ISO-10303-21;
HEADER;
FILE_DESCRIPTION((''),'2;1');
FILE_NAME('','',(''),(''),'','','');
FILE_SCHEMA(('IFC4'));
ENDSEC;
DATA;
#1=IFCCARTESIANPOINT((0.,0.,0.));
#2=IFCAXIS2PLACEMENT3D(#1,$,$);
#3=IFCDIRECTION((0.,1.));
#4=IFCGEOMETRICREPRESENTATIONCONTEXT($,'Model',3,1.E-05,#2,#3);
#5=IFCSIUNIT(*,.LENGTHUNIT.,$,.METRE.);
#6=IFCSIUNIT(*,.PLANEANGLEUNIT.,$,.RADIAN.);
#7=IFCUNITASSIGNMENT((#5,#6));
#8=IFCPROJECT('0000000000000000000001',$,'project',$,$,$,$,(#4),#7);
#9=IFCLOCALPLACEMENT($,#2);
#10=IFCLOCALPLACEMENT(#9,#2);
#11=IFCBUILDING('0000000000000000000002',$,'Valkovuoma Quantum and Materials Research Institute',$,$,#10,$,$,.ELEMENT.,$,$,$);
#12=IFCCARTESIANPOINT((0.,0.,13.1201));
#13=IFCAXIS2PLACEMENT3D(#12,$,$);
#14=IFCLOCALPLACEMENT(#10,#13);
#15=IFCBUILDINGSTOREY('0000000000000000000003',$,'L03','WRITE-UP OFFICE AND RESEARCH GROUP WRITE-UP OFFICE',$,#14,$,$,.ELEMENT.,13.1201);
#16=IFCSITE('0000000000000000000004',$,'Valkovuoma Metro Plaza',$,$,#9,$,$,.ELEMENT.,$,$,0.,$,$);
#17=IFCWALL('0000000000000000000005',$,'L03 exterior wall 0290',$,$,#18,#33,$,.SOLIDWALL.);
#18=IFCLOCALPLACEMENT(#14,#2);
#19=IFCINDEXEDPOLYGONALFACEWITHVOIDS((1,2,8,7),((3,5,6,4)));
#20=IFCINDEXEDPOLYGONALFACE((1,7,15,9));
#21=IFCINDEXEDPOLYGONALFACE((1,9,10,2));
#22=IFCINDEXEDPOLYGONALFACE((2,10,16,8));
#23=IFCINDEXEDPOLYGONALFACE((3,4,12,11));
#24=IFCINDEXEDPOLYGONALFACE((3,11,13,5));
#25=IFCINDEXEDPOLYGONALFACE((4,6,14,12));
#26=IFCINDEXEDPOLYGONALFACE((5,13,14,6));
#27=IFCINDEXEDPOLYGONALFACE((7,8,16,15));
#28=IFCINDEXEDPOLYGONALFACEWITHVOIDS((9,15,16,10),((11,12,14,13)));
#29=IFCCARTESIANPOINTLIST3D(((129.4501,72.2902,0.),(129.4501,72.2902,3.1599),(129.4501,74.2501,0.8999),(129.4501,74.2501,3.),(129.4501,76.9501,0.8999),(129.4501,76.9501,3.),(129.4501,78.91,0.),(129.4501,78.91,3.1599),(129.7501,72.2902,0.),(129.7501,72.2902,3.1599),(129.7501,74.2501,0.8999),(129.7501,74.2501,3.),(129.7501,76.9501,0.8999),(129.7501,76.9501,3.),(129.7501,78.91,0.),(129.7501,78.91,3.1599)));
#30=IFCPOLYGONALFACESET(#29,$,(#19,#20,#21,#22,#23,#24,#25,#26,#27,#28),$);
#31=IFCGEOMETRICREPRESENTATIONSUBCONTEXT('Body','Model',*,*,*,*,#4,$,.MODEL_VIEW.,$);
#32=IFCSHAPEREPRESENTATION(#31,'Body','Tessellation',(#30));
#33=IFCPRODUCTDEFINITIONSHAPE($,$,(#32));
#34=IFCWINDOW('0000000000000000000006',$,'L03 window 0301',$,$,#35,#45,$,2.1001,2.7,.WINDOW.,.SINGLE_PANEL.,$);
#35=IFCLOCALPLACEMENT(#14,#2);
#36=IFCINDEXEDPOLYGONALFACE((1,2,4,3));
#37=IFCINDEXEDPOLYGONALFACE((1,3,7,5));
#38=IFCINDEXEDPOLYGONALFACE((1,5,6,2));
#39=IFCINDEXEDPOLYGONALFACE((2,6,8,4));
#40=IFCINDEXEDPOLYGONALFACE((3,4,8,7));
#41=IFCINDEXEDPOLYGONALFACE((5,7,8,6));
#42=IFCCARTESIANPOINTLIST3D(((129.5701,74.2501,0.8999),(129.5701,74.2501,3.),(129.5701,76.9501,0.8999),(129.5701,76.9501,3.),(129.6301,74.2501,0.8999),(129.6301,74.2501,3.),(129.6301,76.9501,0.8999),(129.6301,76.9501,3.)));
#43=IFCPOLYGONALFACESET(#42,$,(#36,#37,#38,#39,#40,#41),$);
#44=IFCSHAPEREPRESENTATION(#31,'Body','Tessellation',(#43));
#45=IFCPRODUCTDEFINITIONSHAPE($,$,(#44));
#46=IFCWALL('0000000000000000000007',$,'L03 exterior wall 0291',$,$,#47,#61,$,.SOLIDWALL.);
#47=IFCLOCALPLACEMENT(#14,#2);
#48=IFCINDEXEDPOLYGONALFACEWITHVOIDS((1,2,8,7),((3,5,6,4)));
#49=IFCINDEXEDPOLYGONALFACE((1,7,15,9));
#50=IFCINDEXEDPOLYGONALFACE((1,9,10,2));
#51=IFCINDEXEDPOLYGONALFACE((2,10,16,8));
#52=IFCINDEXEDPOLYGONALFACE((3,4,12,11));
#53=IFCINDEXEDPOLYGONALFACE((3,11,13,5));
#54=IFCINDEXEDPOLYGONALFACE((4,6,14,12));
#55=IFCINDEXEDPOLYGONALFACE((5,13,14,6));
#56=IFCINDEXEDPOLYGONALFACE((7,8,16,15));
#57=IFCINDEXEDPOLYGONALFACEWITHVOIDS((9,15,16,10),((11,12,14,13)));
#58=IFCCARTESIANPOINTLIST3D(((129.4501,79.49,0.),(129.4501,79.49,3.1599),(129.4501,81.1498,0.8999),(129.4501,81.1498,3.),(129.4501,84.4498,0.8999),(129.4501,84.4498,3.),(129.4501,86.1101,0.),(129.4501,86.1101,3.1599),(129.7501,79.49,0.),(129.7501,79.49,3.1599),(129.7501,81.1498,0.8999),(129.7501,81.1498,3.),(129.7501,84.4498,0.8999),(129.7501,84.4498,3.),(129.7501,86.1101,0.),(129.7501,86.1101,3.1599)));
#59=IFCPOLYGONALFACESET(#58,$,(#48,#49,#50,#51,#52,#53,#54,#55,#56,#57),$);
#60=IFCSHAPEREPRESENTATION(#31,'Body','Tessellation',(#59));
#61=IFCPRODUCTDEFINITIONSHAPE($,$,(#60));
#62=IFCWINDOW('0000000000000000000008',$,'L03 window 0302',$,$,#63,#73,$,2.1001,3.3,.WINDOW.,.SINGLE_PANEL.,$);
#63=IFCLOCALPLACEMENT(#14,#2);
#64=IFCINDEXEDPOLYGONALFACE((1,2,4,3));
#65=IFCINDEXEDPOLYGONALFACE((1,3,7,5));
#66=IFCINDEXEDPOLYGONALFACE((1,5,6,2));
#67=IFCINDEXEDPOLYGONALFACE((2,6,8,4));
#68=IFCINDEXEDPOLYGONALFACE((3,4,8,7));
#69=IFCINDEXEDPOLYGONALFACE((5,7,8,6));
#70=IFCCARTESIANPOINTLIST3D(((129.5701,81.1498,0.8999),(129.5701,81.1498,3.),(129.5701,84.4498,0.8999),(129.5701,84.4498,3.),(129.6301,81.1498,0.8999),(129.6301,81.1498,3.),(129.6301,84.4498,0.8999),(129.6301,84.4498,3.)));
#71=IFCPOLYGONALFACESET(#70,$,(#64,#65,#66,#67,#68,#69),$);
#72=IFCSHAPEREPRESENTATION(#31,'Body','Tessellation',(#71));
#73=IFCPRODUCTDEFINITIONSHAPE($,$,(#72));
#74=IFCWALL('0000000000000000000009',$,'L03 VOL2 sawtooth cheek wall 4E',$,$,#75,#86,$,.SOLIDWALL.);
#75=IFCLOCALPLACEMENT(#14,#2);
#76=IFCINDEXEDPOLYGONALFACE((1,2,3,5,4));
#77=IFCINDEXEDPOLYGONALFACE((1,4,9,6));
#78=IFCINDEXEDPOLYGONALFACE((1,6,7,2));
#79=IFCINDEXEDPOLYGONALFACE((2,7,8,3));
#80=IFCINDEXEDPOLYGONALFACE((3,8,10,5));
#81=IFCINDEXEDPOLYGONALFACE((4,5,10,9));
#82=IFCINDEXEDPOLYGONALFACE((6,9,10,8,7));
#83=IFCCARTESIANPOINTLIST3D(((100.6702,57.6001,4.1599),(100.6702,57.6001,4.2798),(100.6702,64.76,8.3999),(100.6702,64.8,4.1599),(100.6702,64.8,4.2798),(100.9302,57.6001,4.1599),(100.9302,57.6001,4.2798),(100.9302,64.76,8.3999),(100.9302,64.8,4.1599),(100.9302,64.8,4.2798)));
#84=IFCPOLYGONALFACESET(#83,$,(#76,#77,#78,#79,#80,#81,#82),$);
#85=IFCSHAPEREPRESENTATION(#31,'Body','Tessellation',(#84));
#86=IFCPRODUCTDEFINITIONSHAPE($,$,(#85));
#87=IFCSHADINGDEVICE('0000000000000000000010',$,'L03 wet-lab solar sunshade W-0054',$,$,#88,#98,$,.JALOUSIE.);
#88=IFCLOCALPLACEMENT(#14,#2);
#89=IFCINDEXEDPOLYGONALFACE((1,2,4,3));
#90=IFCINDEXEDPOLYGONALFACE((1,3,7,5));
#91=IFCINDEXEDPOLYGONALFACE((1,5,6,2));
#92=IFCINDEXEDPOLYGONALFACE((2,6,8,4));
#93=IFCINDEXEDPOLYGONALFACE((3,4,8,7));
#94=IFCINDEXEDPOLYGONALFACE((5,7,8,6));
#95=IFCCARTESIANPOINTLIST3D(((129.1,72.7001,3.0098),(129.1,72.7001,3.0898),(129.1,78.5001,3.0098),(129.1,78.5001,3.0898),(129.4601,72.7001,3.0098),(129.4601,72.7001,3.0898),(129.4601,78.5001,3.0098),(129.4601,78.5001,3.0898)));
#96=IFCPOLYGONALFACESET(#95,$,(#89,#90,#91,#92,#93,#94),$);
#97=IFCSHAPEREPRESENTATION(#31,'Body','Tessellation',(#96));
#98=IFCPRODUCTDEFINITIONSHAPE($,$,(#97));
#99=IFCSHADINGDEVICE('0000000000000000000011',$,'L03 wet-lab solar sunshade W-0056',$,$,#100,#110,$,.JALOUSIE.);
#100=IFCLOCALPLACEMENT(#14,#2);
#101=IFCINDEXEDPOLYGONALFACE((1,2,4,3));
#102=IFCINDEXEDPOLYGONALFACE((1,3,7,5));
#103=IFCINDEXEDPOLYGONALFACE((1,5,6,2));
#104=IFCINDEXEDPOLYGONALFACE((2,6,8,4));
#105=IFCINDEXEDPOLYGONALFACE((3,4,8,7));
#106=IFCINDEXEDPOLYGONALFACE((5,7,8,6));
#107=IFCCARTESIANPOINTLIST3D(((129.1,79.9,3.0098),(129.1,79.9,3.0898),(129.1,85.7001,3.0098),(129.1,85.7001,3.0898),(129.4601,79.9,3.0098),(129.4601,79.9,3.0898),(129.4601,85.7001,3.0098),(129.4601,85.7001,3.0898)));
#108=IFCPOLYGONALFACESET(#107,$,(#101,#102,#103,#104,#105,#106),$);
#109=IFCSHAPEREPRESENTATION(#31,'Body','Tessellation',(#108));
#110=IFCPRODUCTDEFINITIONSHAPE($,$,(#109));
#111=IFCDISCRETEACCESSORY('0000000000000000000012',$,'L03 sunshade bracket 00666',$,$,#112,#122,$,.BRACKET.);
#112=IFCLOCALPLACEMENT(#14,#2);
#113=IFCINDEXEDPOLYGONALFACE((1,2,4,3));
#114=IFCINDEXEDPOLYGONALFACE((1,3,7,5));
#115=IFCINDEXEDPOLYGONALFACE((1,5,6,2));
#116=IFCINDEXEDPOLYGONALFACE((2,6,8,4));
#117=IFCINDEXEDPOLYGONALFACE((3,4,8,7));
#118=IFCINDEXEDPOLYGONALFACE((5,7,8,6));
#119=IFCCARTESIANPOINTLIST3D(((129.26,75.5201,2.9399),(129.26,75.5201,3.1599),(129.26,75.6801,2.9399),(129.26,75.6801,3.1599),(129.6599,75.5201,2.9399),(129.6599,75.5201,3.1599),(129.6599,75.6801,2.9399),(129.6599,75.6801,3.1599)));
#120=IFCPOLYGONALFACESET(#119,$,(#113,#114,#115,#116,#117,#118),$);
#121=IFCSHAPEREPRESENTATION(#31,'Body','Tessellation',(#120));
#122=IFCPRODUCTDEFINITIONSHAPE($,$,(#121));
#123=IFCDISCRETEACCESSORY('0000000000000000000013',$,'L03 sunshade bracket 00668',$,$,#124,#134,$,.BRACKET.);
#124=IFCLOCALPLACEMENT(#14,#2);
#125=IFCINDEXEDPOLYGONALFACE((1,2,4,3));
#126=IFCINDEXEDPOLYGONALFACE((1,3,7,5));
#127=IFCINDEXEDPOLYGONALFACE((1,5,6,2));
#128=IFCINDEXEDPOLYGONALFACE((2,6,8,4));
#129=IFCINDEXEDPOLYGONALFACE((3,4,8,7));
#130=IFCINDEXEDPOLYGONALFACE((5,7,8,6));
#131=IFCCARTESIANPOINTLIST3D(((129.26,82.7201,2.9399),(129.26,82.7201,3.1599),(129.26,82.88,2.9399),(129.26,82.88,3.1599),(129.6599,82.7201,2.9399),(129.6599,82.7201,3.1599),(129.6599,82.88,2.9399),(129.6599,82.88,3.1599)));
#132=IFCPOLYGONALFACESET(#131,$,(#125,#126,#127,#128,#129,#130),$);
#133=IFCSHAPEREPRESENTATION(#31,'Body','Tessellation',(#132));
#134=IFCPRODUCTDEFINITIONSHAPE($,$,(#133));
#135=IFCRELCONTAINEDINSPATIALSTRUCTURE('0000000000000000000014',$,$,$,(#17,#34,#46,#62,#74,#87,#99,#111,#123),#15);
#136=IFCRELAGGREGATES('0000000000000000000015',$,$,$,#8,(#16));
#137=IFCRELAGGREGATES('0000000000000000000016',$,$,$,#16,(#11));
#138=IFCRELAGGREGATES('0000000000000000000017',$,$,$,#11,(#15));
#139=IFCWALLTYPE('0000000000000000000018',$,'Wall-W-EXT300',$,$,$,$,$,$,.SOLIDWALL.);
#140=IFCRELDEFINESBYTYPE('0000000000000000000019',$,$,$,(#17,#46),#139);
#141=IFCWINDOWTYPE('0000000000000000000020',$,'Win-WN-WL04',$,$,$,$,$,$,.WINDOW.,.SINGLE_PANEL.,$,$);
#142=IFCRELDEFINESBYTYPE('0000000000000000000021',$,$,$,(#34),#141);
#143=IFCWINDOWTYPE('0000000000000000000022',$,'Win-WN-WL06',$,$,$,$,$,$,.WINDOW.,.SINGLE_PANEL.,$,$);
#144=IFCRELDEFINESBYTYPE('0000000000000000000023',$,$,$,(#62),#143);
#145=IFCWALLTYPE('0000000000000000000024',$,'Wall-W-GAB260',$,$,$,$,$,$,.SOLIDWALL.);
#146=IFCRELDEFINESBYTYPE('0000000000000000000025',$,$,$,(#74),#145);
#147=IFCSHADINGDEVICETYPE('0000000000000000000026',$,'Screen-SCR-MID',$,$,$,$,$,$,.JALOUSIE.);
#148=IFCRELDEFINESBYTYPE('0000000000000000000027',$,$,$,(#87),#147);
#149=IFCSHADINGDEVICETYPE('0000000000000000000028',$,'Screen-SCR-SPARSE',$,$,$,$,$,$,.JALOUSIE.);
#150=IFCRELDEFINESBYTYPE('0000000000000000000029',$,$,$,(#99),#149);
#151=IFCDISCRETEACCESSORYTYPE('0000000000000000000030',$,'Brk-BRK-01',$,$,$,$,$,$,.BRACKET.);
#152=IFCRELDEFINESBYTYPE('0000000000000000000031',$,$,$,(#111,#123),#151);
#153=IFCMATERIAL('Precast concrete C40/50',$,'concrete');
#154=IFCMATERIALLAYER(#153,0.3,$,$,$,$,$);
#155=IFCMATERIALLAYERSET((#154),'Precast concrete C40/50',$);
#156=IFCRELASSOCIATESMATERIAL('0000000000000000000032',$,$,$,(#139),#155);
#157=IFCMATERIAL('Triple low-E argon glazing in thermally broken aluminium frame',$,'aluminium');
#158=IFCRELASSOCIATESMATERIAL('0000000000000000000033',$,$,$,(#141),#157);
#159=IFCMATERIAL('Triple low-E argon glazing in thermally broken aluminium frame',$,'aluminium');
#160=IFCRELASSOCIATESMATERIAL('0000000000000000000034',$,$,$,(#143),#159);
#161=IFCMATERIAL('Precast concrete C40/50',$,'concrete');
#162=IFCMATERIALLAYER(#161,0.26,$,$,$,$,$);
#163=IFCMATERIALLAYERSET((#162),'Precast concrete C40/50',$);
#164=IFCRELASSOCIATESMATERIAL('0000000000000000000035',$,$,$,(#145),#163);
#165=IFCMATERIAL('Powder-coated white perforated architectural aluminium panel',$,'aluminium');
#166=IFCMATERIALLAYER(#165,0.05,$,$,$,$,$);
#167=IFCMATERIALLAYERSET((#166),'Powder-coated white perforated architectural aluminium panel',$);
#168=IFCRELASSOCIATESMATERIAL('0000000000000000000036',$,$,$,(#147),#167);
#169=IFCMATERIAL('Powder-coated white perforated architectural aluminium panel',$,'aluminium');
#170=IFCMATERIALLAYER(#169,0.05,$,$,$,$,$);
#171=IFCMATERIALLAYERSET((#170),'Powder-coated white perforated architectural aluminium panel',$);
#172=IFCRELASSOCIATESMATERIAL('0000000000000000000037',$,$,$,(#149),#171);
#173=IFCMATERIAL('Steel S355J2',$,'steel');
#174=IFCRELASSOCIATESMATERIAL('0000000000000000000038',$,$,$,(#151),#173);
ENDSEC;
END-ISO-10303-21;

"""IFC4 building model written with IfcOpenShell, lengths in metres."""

from ifc_helpers import new_model, si_unit, direction, frame, frame_2d, origin, origin_2d, place, context, subcontext, project, spatial, polyline, rectangle, outline, extrude, material, layer, layer_set, type_object, element, fill, save


model = new_model("IFC4")

# Units and contexts
model_context = context("Model", 3, precision=1e-05, world=origin(), true_north=direction((0.0, 1.0)))
body_context = subcontext(model_context, "Body", "Model", "MODEL_VIEW")
ifc_project = project(units=[si_unit("LENGTHUNIT", "METRE"), si_unit("PLANEANGLEUNIT", "RADIAN")], contexts=[model_context])

# Site, building, storey
site_placement = place(None, origin())
site = spatial("IfcSite", under=ifc_project, at=site_placement, Name="Valkovuoma Metro Plaza", CompositionType="ELEMENT", RefElevation=0.0)
building_placement = place(site_placement, origin())
building = spatial("IfcBuilding", under=site, at=building_placement, Name="Valkovuoma Quantum and Materials Research Institute", CompositionType="ELEMENT")
storey_placement = place(building_placement, frame((0.0, 0.0, 13.1201)))
storey = spatial("IfcBuildingStorey", under=building, at=storey_placement, Name="L03", Description="WRITE-UP OFFICE AND RESEARCH GROUP WRITE-UP OFFICE", CompositionType="ELEMENT", Elevation=13.1201)

# Walls, openings, windows
ifc_material_1 = material(Name="Precast concrete C40/50", Category="concrete")
ifc_layer_1 = layer(ifc_material_1, 0.3)
ifc_layer_set_1 = layer_set([ifc_layer_1], Name="Precast concrete C40/50")
wall_type_1 = type_object("IfcWallType", Name="Wall-W-EXT300", PredefinedType="SOLIDWALL", material=ifc_layer_set_1)
wall_1_placement = place(storey_placement, frame((129.6001, 72.29, 0.0), z_axis=(0.0, 0.0, 1.0), x_axis=(0.0, 1.0, 0.0)))
wall_1 = element("IfcWall", 1, at=wall_1_placement, inside=storey, type_object=wall_type_1, Name="L03 exterior wall 0290", PredefinedType="SOLIDWALL", context=body_context, shape_type="SweptSolid", body=[
    extrude(rectangle(XDim=6.6199, YDim=0.3, at=frame_2d((3.3101, 0.0))), origin(), (0.0, 0.0, 1.0), 3.1599),
])
opening_1_placement = place(wall_1_placement, frame((1.96, 0.0, 0.8999)))
opening_1 = element("IfcOpeningElement", 2, at=opening_1_placement, cuts=wall_1, PredefinedType="OPENING", context=body_context, shape_type="SweptSolid", body=[
    extrude(rectangle(XDim=2.7, YDim=2.1001, at=frame_2d((1.3501, 1.05))), frame((0.0, 0.1602, 0.0), z_axis=(0.0, -1.0, 0.0), x_axis=(1.0, 0.0, 0.0)), (0.0, 0.0, 1.0), 0.3201),
])
ifc_material_2 = material(Name="Triple low-E argon glazing in thermally broken aluminium frame", Category="aluminium")
window_type_1 = type_object("IfcWindowType", Name="Win-WN-WL04", PartitioningType="SINGLE_PANEL", PredefinedType="WINDOW", material=ifc_material_2)
window_1_placement = place(opening_1_placement, origin())
window_1 = element("IfcWindow", 3, at=window_1_placement, inside=storey, type_object=window_type_1, Name="L03 window 0301", OverallHeight=2.1001, OverallWidth=2.7, PartitioningType="SINGLE_PANEL", PredefinedType="WINDOW", context=body_context, shape_type="SweptSolid", body=[
    extrude(rectangle(XDim=2.7, YDim=2.1001, at=frame_2d((1.3501, 1.05))), frame((0.0, 0.03, 0.0), z_axis=(0.0, -1.0, 0.0), x_axis=(1.0, 0.0, 0.0)), (0.0, 0.0, 1.0), 0.0601),
])
fill(opening_1, window_1)
wall_2_placement = place(storey_placement, frame((129.6001, 79.49, 0.0), z_axis=(0.0, 0.0, 1.0), x_axis=(0.0, 1.0, 0.0)))
wall_2 = element("IfcWall", 4, at=wall_2_placement, inside=storey, type_object=wall_type_1, Name="L03 exterior wall 0291", PredefinedType="SOLIDWALL", context=body_context, shape_type="SweptSolid", body=[
    extrude(rectangle(XDim=6.6201, YDim=0.3, at=frame_2d((3.3101, 0.0))), origin(), (0.0, 0.0, 1.0), 3.1599),
])
opening_2_placement = place(wall_2_placement, frame((1.6599, 0.0, 0.8999)))
opening_2 = element("IfcOpeningElement", 5, at=opening_2_placement, cuts=wall_2, PredefinedType="OPENING", context=body_context, shape_type="SweptSolid", body=[
    extrude(rectangle(XDim=3.3, YDim=2.1001, at=frame_2d((1.6499, 1.05))), frame((0.0, 0.1602, 0.0), z_axis=(0.0, -1.0, 0.0), x_axis=(1.0, 0.0, 0.0)), (0.0, 0.0, 1.0), 0.3201),
])
ifc_material_3 = material(Name="Triple low-E argon glazing in thermally broken aluminium frame", Category="aluminium")
window_type_2 = type_object("IfcWindowType", Name="Win-WN-WL06", PartitioningType="SINGLE_PANEL", PredefinedType="WINDOW", material=ifc_material_3)
window_2_placement = place(opening_2_placement, origin())
window_2 = element("IfcWindow", 6, at=window_2_placement, inside=storey, type_object=window_type_2, Name="L03 window 0302", OverallHeight=2.1001, OverallWidth=3.3, PartitioningType="SINGLE_PANEL", PredefinedType="WINDOW", context=body_context, shape_type="SweptSolid", body=[
    extrude(rectangle(XDim=3.3, YDim=2.1001, at=frame_2d((1.6499, 1.05))), frame((0.0, 0.03, 0.0), z_axis=(0.0, -1.0, 0.0), x_axis=(1.0, 0.0, 0.0)), (0.0, 0.0, 1.0), 0.0601),
])
fill(opening_2, window_2)

# Wall
ifc_material_4 = material(Name="Precast concrete C40/50", Category="concrete")
ifc_layer_2 = layer(ifc_material_4, 0.26)
ifc_layer_set_2 = layer_set([ifc_layer_2], Name="Precast concrete C40/50")
wall_type_2 = type_object("IfcWallType", Name="Wall-W-GAB260", PredefinedType="SOLIDWALL", material=ifc_layer_set_2)
wall_3_placement = place(storey_placement, frame((100.8, 57.6001, 4.1599), z_axis=(0.0, 0.0, 1.0), x_axis=(0.0, 1.0, 0.0)))
element("IfcWall", 7, at=wall_3_placement, inside=storey, type_object=wall_type_2, Name="L03 VOL2 sawtooth cheek wall 4E", PredefinedType="SOLIDWALL", context=body_context, shape_type="SweptSolid", body=[
    extrude(outline(polyline([(0.0, 0.0), (7.2, 0.0), (7.2, 0.1199), (7.1599, 4.24), (0.0, 0.1199), (0.0, 0.0)])), frame((0.0, 0.1299, 0.0), z_axis=(0.0, -1.0, 0.0), x_axis=(1.0, 0.0, 0.0)), (0.0, 0.0, 1.0), 0.26),
])

# Shading devices
ifc_material_5 = material(Name="Powder-coated white perforated architectural aluminium panel", Category="aluminium")
ifc_layer_3 = layer(ifc_material_5, 0.05)
ifc_layer_set_3 = layer_set([ifc_layer_3], Name="Powder-coated white perforated architectural aluminium panel")
shading_device_type_1 = type_object("IfcShadingDeviceType", Name="Screen-SCR-MID", PredefinedType="JALOUSIE", material=ifc_layer_set_3)
shading_device_1_placement = place(storey_placement, frame((129.28, 75.6001, 3.0098), z_axis=(0.0, 0.0, 1.0), x_axis=(1.0, 0.0, 0.0)))
element("IfcShadingDevice", 8, at=shading_device_1_placement, inside=storey, type_object=shading_device_type_1, Name="L03 wet-lab solar sunshade W-0054", PredefinedType="JALOUSIE", context=body_context, shape_type="SweptSolid", body=[
    extrude(rectangle(XDim=0.3601, YDim=5.8, at=origin_2d()), origin(), (0.0, 0.0, 1.0), 0.0801),
])
ifc_material_6 = material(Name="Powder-coated white perforated architectural aluminium panel", Category="aluminium")
ifc_layer_4 = layer(ifc_material_6, 0.05)
ifc_layer_set_4 = layer_set([ifc_layer_4], Name="Powder-coated white perforated architectural aluminium panel")
shading_device_type_2 = type_object("IfcShadingDeviceType", Name="Screen-SCR-SPARSE", PredefinedType="JALOUSIE", material=ifc_layer_set_4)
shading_device_2_placement = place(storey_placement, frame((129.28, 82.8, 3.0098), z_axis=(0.0, 0.0, 1.0), x_axis=(1.0, 0.0, 0.0)))
element("IfcShadingDevice", 9, at=shading_device_2_placement, inside=storey, type_object=shading_device_type_2, Name="L03 wet-lab solar sunshade W-0056", PredefinedType="JALOUSIE", context=body_context, shape_type="SweptSolid", body=[
    extrude(rectangle(XDim=0.3601, YDim=5.8, at=origin_2d()), origin(), (0.0, 0.0, 1.0), 0.0801),
])

# Discrete accessories
ifc_material_7 = material(Name="Steel S355J2", Category="steel")
discrete_accessory_type = type_object("IfcDiscreteAccessoryType", Name="Brk-BRK-01", PredefinedType="BRACKET", material=ifc_material_7)
for number, where, z_axis, x_axis, name in (
    (10, (129.46, 75.6001, 2.9399), (0.0, 0.0, 1.0), (1.0, 0.0, 0.0), "L03 sunshade bracket 00666"),
    (11, (129.46, 82.8, 2.9399), (0.0, 0.0, 1.0), (1.0, 0.0, 0.0), "L03 sunshade bracket 00668"),
):
    element("IfcDiscreteAccessory", number, at=place(storey_placement, frame(where, z_axis=z_axis, x_axis=x_axis)), inside=storey, type_object=discrete_accessory_type, Name=name, PredefinedType="BRACKET", context=body_context, shape_type="SweptSolid", body=[
        extrude(rectangle(XDim=0.3999, YDim=0.1599, at=origin_2d()), origin(), (0.0, 0.0, 1.0), 0.22),
    ])

save(model, "model.ifc")
